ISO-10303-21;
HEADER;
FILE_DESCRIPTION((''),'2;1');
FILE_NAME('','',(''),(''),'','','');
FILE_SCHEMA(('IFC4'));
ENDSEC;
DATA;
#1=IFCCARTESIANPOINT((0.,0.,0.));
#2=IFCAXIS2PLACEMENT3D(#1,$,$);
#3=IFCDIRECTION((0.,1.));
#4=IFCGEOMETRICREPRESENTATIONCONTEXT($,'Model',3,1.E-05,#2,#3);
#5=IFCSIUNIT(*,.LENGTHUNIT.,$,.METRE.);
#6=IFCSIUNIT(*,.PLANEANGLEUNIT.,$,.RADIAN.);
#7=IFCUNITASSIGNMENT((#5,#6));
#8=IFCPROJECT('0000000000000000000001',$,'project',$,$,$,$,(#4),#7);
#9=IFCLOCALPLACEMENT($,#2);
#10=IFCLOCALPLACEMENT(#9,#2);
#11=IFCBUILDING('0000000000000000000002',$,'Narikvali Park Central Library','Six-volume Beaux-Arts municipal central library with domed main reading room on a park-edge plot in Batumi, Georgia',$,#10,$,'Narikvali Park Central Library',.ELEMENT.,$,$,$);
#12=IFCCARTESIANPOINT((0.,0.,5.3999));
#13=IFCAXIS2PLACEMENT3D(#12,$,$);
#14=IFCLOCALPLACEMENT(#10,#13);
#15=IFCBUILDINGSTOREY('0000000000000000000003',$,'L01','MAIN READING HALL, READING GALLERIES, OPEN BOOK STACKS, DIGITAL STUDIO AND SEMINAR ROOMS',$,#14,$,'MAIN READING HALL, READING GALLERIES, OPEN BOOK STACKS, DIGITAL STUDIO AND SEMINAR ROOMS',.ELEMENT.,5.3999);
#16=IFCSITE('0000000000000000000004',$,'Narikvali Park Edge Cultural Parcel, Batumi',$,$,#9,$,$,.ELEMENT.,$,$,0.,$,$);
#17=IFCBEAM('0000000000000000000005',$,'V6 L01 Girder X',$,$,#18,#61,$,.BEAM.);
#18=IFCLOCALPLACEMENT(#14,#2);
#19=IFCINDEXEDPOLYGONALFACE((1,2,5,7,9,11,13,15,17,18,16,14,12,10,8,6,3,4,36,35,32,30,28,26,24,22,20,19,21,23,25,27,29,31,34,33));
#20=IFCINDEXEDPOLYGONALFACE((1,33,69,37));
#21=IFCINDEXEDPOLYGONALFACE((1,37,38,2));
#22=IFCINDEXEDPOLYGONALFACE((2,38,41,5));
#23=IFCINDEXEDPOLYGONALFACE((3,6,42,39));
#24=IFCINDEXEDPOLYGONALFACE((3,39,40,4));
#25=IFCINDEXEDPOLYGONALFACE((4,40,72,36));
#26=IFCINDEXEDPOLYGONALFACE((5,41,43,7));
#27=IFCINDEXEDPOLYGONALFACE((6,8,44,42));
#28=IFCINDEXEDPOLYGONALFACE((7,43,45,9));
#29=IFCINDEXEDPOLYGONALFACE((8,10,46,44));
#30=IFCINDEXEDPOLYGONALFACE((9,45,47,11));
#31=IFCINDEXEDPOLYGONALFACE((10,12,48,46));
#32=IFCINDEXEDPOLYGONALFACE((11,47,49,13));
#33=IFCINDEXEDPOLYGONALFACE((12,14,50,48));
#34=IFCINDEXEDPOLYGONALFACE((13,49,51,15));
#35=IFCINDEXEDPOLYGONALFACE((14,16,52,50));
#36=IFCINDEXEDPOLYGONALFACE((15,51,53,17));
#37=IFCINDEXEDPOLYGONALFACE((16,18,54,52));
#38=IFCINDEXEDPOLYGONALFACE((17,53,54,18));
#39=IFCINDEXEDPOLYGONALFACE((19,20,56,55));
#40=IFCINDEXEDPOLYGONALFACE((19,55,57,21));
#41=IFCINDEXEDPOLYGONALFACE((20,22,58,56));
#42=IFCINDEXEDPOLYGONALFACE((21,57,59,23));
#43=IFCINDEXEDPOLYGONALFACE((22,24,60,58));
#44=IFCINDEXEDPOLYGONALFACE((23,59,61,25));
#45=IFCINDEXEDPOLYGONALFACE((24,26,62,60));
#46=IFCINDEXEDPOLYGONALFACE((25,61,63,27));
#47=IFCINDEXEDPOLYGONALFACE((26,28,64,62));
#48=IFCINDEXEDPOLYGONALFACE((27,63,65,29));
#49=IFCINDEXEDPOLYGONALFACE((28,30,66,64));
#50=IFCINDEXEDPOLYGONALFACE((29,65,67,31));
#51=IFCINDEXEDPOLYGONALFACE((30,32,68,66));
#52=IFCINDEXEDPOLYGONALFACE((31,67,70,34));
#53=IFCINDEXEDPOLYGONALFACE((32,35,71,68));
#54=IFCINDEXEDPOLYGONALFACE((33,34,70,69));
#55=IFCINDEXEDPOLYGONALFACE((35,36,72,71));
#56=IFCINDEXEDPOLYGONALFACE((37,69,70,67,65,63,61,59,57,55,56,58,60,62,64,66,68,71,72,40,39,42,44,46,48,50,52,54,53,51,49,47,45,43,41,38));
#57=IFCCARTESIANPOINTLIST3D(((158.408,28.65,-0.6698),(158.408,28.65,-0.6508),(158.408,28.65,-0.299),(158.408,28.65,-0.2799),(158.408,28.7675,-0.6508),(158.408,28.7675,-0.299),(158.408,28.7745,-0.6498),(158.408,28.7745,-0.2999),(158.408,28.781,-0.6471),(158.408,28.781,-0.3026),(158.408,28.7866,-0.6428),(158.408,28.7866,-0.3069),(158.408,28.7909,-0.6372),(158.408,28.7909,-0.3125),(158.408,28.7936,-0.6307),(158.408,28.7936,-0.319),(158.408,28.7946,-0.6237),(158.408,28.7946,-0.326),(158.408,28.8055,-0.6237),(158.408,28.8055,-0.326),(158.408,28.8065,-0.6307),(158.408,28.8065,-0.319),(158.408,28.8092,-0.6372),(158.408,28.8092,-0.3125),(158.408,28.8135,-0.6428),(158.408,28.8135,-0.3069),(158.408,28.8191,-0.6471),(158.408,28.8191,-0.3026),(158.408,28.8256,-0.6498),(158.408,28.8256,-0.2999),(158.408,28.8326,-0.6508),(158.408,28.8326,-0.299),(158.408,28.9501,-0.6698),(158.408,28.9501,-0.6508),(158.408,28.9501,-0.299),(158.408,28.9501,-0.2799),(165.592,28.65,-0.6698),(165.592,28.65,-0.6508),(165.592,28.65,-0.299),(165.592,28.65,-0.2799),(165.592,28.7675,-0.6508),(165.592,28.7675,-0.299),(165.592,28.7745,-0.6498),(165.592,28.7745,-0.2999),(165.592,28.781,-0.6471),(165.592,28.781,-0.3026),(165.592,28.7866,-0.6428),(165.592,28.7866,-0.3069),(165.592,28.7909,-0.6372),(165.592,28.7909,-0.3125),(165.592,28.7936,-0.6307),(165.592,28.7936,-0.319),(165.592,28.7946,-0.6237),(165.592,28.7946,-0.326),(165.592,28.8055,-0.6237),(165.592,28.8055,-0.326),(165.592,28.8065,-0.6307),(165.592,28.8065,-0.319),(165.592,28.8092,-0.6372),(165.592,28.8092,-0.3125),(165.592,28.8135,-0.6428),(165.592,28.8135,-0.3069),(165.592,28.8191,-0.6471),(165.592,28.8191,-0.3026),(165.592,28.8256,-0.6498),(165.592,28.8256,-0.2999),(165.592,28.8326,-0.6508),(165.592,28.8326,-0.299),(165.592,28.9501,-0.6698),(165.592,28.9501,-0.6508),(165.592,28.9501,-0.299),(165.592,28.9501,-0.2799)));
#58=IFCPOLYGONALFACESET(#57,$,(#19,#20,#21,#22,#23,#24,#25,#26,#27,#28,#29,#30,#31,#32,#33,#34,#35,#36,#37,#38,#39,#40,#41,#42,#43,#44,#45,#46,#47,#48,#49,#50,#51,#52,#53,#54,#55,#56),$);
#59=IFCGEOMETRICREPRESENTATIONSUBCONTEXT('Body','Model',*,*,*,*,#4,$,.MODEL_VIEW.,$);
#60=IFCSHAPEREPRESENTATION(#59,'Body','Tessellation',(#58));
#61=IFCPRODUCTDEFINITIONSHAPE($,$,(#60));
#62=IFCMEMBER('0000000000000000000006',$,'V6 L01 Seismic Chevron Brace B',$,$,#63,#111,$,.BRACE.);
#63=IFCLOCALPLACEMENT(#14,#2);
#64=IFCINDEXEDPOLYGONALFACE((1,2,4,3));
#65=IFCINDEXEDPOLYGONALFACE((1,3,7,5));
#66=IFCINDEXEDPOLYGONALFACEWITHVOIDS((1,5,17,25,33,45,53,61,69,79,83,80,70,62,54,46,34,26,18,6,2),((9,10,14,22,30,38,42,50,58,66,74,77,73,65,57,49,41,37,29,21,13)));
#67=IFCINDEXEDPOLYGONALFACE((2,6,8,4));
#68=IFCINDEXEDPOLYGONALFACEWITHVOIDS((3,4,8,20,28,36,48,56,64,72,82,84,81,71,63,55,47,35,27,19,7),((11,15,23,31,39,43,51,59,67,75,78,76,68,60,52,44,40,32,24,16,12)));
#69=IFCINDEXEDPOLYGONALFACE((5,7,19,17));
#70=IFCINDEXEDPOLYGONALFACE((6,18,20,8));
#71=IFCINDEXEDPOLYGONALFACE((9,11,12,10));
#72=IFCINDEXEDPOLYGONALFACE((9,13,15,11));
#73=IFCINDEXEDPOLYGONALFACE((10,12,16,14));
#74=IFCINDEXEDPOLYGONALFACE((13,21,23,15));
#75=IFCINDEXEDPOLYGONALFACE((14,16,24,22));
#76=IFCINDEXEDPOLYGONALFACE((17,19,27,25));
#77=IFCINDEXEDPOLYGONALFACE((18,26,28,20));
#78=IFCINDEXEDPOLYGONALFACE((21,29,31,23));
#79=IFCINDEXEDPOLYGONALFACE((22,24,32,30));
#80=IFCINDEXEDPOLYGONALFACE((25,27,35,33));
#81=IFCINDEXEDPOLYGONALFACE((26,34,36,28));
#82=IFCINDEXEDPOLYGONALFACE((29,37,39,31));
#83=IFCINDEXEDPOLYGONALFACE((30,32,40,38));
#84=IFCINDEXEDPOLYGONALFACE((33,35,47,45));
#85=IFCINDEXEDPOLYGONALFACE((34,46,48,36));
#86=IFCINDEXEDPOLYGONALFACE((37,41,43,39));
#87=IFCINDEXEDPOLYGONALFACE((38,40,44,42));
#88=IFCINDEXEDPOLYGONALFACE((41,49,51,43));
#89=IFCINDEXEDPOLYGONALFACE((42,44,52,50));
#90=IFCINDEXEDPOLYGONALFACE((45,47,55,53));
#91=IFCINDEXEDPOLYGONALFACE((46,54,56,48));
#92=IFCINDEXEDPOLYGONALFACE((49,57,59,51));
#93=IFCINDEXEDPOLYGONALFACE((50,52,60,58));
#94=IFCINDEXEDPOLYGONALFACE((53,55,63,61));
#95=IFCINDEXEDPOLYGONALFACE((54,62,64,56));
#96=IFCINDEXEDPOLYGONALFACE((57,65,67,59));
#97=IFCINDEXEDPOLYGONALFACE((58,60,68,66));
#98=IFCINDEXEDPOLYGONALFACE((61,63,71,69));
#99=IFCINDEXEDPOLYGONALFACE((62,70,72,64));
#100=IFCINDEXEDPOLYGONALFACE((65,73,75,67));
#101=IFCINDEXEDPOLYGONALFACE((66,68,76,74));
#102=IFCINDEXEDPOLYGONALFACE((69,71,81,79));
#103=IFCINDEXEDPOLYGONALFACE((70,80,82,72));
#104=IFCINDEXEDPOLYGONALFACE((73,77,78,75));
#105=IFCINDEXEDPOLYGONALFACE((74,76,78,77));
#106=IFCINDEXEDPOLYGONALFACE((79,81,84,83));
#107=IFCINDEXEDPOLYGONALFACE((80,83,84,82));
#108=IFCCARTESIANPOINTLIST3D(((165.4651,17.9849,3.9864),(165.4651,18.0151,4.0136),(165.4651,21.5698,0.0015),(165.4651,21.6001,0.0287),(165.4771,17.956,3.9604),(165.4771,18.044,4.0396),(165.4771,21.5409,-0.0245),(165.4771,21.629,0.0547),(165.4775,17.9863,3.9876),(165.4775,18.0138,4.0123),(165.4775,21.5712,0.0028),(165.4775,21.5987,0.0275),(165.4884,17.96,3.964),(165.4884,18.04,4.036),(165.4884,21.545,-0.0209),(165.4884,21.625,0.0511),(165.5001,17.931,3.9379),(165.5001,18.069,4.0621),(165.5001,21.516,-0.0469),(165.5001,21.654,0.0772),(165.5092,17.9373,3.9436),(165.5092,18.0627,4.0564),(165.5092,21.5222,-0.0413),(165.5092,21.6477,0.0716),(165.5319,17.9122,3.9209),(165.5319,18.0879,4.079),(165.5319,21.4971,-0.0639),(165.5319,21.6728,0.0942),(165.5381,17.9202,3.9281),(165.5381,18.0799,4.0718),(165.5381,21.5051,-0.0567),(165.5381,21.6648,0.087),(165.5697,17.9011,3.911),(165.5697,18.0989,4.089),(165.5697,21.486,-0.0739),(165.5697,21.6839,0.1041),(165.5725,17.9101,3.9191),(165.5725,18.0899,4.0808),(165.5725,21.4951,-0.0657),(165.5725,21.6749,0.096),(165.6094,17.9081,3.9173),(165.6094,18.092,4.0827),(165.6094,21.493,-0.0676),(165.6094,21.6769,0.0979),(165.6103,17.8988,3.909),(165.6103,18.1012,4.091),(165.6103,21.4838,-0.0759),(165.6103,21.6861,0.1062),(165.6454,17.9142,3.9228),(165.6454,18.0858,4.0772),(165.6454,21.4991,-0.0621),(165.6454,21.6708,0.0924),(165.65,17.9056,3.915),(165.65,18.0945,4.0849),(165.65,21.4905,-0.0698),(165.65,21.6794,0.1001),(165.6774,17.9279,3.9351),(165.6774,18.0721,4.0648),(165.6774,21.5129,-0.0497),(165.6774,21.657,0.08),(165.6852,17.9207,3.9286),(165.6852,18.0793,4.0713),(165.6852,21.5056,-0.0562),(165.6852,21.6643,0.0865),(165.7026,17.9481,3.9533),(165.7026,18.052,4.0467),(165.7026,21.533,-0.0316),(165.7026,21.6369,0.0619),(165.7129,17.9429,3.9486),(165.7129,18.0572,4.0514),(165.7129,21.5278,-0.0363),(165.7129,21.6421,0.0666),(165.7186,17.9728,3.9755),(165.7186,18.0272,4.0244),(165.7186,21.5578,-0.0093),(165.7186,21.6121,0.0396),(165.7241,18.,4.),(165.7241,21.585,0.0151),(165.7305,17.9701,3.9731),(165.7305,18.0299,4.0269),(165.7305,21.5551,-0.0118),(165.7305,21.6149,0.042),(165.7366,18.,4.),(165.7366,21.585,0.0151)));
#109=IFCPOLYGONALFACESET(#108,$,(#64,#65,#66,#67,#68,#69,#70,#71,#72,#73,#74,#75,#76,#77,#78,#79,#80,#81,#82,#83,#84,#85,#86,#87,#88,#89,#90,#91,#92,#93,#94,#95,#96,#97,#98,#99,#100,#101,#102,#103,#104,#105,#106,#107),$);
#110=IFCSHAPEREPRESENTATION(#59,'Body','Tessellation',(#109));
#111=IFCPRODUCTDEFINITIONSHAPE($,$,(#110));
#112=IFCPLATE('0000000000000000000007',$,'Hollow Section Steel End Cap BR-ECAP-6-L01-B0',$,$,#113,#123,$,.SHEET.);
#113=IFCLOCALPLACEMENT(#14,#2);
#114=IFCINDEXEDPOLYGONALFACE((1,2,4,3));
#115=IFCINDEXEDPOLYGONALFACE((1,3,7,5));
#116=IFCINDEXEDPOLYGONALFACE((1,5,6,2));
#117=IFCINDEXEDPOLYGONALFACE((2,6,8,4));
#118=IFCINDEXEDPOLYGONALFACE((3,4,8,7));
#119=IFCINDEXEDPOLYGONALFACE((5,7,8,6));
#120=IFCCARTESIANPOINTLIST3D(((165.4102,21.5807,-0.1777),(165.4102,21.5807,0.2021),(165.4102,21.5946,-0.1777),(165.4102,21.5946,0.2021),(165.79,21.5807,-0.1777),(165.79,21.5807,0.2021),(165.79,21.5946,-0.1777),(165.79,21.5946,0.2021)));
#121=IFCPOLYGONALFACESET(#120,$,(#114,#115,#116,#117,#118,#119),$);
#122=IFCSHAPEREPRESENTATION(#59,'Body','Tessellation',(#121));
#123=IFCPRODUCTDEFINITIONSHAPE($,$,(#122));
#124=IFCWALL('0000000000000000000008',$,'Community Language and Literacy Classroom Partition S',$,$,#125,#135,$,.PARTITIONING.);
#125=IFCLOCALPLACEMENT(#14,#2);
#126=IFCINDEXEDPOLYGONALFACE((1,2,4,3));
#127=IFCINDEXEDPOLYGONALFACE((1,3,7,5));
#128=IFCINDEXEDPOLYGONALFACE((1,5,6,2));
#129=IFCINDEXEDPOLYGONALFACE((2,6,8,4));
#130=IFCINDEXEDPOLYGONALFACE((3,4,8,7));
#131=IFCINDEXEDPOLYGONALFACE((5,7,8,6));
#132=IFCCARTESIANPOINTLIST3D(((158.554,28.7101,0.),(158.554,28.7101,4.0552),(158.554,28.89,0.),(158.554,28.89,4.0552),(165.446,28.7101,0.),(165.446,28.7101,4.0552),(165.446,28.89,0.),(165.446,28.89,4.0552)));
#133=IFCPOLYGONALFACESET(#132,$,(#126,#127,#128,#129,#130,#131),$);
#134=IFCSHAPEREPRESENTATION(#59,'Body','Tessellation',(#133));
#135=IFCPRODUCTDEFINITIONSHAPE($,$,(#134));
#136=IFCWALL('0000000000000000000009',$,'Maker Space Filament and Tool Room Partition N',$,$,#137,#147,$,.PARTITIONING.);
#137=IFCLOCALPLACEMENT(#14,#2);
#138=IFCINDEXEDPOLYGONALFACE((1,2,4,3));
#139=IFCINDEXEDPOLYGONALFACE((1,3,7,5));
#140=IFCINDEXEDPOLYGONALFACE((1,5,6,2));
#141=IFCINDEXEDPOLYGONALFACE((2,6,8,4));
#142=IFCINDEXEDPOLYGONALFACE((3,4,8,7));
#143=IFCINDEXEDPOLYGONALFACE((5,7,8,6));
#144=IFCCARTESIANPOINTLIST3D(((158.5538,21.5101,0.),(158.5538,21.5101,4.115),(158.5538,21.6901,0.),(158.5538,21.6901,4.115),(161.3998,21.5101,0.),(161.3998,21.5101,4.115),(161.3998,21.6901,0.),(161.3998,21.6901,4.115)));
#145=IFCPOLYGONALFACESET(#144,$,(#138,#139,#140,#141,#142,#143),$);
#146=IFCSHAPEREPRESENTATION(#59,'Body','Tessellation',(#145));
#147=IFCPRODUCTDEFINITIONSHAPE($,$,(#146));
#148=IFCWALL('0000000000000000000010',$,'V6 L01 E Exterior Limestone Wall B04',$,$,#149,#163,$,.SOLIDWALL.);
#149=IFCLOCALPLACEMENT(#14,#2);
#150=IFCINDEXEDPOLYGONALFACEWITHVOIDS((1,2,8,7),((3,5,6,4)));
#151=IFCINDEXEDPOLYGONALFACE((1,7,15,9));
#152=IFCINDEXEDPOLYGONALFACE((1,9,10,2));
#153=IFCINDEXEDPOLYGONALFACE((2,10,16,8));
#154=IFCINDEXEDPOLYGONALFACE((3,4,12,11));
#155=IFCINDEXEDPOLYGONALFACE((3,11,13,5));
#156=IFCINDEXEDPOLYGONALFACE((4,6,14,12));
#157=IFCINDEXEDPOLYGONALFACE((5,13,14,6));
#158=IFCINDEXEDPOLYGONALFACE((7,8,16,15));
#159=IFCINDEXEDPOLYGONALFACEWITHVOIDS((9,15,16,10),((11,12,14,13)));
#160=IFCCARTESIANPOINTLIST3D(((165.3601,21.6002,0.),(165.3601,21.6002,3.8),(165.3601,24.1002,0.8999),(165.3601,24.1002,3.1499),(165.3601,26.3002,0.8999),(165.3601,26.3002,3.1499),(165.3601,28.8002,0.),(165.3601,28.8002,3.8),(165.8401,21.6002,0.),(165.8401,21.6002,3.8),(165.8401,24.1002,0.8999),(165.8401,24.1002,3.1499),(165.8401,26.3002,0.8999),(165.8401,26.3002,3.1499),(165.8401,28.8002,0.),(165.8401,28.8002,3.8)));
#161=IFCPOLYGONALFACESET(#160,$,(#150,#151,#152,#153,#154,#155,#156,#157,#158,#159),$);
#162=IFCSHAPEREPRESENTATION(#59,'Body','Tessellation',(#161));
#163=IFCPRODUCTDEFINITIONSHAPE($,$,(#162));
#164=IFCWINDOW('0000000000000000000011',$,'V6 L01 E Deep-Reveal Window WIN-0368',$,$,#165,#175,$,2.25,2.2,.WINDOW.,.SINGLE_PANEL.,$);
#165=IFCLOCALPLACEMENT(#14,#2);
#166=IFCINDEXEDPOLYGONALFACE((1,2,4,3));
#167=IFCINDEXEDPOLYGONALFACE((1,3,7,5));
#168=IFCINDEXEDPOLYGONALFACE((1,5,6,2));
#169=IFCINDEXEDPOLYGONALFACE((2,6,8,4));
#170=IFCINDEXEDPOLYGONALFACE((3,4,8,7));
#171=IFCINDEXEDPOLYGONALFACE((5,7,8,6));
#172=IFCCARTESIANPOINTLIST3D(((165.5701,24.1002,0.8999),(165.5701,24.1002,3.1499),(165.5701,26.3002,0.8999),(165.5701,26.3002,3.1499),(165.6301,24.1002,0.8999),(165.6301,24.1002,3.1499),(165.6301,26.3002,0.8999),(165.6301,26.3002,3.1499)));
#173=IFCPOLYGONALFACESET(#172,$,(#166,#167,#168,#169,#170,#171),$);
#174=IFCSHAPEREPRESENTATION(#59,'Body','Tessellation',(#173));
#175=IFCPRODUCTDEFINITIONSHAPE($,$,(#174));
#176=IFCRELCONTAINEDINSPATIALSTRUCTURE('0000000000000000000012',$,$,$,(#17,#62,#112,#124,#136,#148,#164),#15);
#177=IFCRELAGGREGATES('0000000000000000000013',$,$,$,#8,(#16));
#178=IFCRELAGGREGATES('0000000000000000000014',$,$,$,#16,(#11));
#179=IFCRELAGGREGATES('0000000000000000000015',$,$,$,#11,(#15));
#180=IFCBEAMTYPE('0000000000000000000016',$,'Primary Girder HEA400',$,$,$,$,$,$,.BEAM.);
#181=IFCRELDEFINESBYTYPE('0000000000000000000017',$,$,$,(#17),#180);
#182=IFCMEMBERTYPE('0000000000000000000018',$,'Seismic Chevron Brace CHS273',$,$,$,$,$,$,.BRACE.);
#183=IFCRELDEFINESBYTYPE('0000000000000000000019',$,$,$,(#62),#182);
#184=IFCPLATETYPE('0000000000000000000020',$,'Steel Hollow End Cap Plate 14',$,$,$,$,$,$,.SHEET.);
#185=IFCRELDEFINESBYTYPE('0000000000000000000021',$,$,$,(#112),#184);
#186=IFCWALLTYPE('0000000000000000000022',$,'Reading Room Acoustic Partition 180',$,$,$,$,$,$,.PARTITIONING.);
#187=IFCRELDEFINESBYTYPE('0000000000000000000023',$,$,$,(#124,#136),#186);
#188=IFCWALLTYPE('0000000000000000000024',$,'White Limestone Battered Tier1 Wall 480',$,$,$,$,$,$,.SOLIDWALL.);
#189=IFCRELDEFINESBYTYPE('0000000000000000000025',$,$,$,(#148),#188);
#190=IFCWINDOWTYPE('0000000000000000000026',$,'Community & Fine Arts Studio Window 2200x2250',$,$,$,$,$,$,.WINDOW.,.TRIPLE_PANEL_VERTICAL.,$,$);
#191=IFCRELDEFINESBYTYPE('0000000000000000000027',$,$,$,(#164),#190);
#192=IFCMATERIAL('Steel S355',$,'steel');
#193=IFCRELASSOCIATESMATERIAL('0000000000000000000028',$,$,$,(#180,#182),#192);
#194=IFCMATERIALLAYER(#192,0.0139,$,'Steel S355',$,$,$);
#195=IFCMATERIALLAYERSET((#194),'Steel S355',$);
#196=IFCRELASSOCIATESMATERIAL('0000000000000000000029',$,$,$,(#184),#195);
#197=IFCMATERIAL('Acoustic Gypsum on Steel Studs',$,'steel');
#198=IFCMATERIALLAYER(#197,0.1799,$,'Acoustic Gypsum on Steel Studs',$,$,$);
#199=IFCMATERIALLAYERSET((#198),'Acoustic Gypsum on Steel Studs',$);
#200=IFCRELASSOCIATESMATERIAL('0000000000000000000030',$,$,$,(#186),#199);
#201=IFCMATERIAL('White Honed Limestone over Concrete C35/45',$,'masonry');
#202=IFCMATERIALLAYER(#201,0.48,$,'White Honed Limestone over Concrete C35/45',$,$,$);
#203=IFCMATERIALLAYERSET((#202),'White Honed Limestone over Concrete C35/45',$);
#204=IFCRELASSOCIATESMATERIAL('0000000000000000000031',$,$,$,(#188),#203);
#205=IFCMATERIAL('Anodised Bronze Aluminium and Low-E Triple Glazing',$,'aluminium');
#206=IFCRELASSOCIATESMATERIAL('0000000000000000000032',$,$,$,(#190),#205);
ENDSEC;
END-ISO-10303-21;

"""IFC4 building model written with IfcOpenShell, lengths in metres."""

from ifc_helpers import new_model, si_unit, direction, frame, frame_2d, origin, origin_2d, place, context, subcontext, project, spatial, rectangle, hollow_circle, i_section, extrude, material, layer, layer_set, material_profile, profile_set, type_object, element, fill, save


model = new_model("IFC4")

# Units and contexts
model_context = context("Model", 3, precision=1e-05, world=origin(), true_north=direction((0.0, 1.0)))
body_context = subcontext(model_context, "Body", "Model", "MODEL_VIEW")
ifc_project = project(units=[si_unit("LENGTHUNIT", "METRE"), si_unit("PLANEANGLEUNIT", "RADIAN")], contexts=[model_context])

# Site, building, storey
site_placement = place(None, origin())
site = spatial("IfcSite", under=ifc_project, at=site_placement, Name="Narikvali Park Edge Cultural Parcel, Batumi", CompositionType="ELEMENT", RefElevation=0.0)
building_placement = place(site_placement, origin())
building = spatial("IfcBuilding", under=site, at=building_placement, Name="Narikvali Park Central Library", Description="Six-volume Beaux-Arts municipal central library with domed main reading room on a park-edge plot in Batumi, Georgia", LongName="Narikvali Park Central Library", CompositionType="ELEMENT")
storey_placement = place(building_placement, frame((0.0, 0.0, 5.3999)))
storey = spatial("IfcBuildingStorey", under=building, at=storey_placement, Name="L01", Description="MAIN READING HALL, READING GALLERIES, OPEN BOOK STACKS, DIGITAL STUDIO AND SEMINAR ROOMS", LongName="MAIN READING HALL, READING GALLERIES, OPEN BOOK STACKS, DIGITAL STUDIO AND SEMINAR ROOMS", CompositionType="ELEMENT", Elevation=5.3999)

# Shared definitions
ifc_material_1 = material(Name="Steel S355", Category="steel")

# Beam
ifc_material_profile_1 = material_profile(ifc_material_1, i_section(OverallWidth=0.3, OverallDepth=0.3899, WebThickness=0.011, FlangeThickness=0.019, FilletRadius=0.0271, at=origin_2d()), Name="HEA 400")
ifc_profile_set_1 = profile_set([ifc_material_profile_1], Name="Steel S355")
beam_type_1 = type_object("IfcBeamType", Name="Primary Girder HEA400", PredefinedType="BEAM", material=ifc_profile_set_1)
beam_1_placement = place(storey_placement, frame((158.408, 28.8, -0.4749), z_axis=(1.0, 0.0, 0.0), x_axis=(0.0, 1.0, 0.0)))
element("IfcBeam", 1, at=beam_1_placement, inside=storey, type_object=beam_type_1, Name="V6 L01 Girder X", PredefinedType="BEAM", context=body_context, shape_type="SweptSolid", body=[
    extrude(i_section(OverallWidth=0.3, OverallDepth=0.3899, WebThickness=0.011, FlangeThickness=0.019, FilletRadius=0.0271, at=origin_2d()), origin(), (0.0, 0.0, 1.0), 7.1841),
])

# Member
ifc_material_profile_2 = material_profile(ifc_material_1, hollow_circle(Radius=0.1365, WallThickness=0.0125, at=origin_2d()), Name="CHS 273x12.5")
ifc_profile_set_2 = profile_set([ifc_material_profile_2], Name="Steel S355")
member_type = type_object("IfcMemberType", Name="Seismic Chevron Brace CHS273", PredefinedType="BRACE", material=ifc_profile_set_2)
member_placement = place(storey_placement, frame((165.6001, 21.585, 0.0151), z_axis=(0.0, -0.668819, 0.743425), x_axis=(1.0, 0.0, 0.0)))
element("IfcMember", 2, at=member_placement, inside=storey, type_object=member_type, Name="V6 L01 Seismic Chevron Brace B", PredefinedType="BRACE", context=body_context, shape_type="SweptSolid", body=[
    extrude(hollow_circle(Radius=0.1365, WallThickness=0.0125, at=origin_2d()), origin(), (0.0, 0.0, 1.0), 5.3601),
])

# Plate
ifc_layer_1 = layer(ifc_material_1, 0.0139, Name="Steel S355")
ifc_layer_set_1 = layer_set([ifc_layer_1], Name="Steel S355")
plate_type = type_object("IfcPlateType", Name="Steel Hollow End Cap Plate 14", PredefinedType="SHEET", material=ifc_layer_set_1)
plate_placement = place(storey_placement, frame((165.6001, 21.5876, -0.1777), z_axis=(0.0, 0.0, 1.0), x_axis=(1.0, 0.0, 0.0)))
element("IfcPlate", 3, at=plate_placement, inside=storey, type_object=plate_type, Name="Hollow Section Steel End Cap BR-ECAP-6-L01-B0", PredefinedType="SHEET", context=body_context, shape_type="SweptSolid", body=[
    extrude(rectangle(XDim=0.3799, YDim=0.0139, at=origin_2d()), origin(), (0.0, 0.0, 1.0), 0.3799),
])

# Walls
ifc_material_2 = material(Name="Acoustic Gypsum on Steel Studs", Category="steel")
ifc_layer_2 = layer(ifc_material_2, 0.1799, Name="Acoustic Gypsum on Steel Studs")
ifc_layer_set_2 = layer_set([ifc_layer_2], Name="Acoustic Gypsum on Steel Studs")
wall_type_1 = type_object("IfcWallType", Name="Reading Room Acoustic Partition 180", PredefinedType="PARTITIONING", material=ifc_layer_set_2)
wall_1_placement = place(storey_placement, frame((158.554, 28.8, 0.0), z_axis=(0.0, 0.0, 1.0), x_axis=(1.0, 0.0, 0.0)))
element("IfcWall", 4, at=wall_1_placement, inside=storey, type_object=wall_type_1, Name="Community Language and Literacy Classroom Partition S", PredefinedType="PARTITIONING", context=body_context, shape_type="SweptSolid", body=[
    extrude(rectangle(XDim=6.8921, YDim=0.1799, at=frame_2d((3.446, 0.0))), origin(), (0.0, 0.0, 1.0), 4.0552),
])
wall_2_placement = place(storey_placement, frame((158.554, 21.6001, 0.0), z_axis=(0.0, 0.0, 1.0), x_axis=(1.0, 0.0, 0.0)))
element("IfcWall", 5, at=wall_2_placement, inside=storey, type_object=wall_type_1, Name="Maker Space Filament and Tool Room Partition N", PredefinedType="PARTITIONING", context=body_context, shape_type="SweptSolid", body=[
    extrude(rectangle(XDim=2.8459, YDim=0.1799, at=frame_2d((1.4229, 0.0))), origin(), (0.0, 0.0, 1.0), 4.115),
])

# Wall, opening, window
ifc_material_3 = material(Name="White Honed Limestone over Concrete C35/45", Category="masonry")
ifc_layer_3 = layer(ifc_material_3, 0.48, Name="White Honed Limestone over Concrete C35/45")
ifc_layer_set_3 = layer_set([ifc_layer_3], Name="White Honed Limestone over Concrete C35/45")
wall_type_2 = type_object("IfcWallType", Name="White Limestone Battered Tier1 Wall 480", PredefinedType="SOLIDWALL", material=ifc_layer_set_3)
wall_3_placement = place(storey_placement, frame((165.6001, 21.6001, 0.0), z_axis=(0.0, 0.0, 1.0), x_axis=(0.0, 1.0, 0.0)))
wall_3 = element("IfcWall", 6, at=wall_3_placement, inside=storey, type_object=wall_type_2, Name="V6 L01 E Exterior Limestone Wall B04", PredefinedType="SOLIDWALL", context=body_context, shape_type="SweptSolid", body=[
    extrude(rectangle(XDim=7.2, YDim=0.48, at=frame_2d((3.6001, 0.0))), origin(), (0.0, 0.0, 1.0), 3.8),
])
opening_1_placement = place(wall_3_placement, frame((2.5, 0.0, 0.8999)))
opening_1 = element("IfcOpeningElement", 7, at=opening_1_placement, cuts=wall_3, PredefinedType="OPENING", context=body_context, shape_type="SweptSolid", body=[
    extrude(rectangle(XDim=2.2, YDim=2.25, at=frame_2d((1.1001, 1.125))), frame((0.0, 0.252, 0.0), z_axis=(0.0, -1.0, 0.0), x_axis=(1.0, 0.0, 0.0)), (0.0, 0.0, 1.0), 0.5039),
])
ifc_material_4 = material(Name="Anodised Bronze Aluminium and Low-E Triple Glazing", Category="aluminium")
window_type = type_object("IfcWindowType", Name="Community & Fine Arts Studio Window 2200x2250", PartitioningType="TRIPLE_PANEL_VERTICAL", PredefinedType="WINDOW", material=ifc_material_4)
window_1_placement = place(opening_1_placement, origin())
window_1 = element("IfcWindow", 8, at=window_1_placement, inside=storey, type_object=window_type, Name="V6 L01 E Deep-Reveal Window WIN-0368", OverallHeight=2.25, OverallWidth=2.2, PartitioningType="SINGLE_PANEL", PredefinedType="WINDOW", context=body_context, shape_type="SweptSolid", body=[
    extrude(rectangle(XDim=2.2, YDim=2.25, at=frame_2d((1.1001, 1.125))), frame((0.0, 0.03, 0.0), z_axis=(0.0, -1.0, 0.0), x_axis=(1.0, 0.0, 0.0)), (0.0, 0.0, 1.0), 0.0601),
])
fill(opening_1, window_1)

save(model, "model.ifc")
